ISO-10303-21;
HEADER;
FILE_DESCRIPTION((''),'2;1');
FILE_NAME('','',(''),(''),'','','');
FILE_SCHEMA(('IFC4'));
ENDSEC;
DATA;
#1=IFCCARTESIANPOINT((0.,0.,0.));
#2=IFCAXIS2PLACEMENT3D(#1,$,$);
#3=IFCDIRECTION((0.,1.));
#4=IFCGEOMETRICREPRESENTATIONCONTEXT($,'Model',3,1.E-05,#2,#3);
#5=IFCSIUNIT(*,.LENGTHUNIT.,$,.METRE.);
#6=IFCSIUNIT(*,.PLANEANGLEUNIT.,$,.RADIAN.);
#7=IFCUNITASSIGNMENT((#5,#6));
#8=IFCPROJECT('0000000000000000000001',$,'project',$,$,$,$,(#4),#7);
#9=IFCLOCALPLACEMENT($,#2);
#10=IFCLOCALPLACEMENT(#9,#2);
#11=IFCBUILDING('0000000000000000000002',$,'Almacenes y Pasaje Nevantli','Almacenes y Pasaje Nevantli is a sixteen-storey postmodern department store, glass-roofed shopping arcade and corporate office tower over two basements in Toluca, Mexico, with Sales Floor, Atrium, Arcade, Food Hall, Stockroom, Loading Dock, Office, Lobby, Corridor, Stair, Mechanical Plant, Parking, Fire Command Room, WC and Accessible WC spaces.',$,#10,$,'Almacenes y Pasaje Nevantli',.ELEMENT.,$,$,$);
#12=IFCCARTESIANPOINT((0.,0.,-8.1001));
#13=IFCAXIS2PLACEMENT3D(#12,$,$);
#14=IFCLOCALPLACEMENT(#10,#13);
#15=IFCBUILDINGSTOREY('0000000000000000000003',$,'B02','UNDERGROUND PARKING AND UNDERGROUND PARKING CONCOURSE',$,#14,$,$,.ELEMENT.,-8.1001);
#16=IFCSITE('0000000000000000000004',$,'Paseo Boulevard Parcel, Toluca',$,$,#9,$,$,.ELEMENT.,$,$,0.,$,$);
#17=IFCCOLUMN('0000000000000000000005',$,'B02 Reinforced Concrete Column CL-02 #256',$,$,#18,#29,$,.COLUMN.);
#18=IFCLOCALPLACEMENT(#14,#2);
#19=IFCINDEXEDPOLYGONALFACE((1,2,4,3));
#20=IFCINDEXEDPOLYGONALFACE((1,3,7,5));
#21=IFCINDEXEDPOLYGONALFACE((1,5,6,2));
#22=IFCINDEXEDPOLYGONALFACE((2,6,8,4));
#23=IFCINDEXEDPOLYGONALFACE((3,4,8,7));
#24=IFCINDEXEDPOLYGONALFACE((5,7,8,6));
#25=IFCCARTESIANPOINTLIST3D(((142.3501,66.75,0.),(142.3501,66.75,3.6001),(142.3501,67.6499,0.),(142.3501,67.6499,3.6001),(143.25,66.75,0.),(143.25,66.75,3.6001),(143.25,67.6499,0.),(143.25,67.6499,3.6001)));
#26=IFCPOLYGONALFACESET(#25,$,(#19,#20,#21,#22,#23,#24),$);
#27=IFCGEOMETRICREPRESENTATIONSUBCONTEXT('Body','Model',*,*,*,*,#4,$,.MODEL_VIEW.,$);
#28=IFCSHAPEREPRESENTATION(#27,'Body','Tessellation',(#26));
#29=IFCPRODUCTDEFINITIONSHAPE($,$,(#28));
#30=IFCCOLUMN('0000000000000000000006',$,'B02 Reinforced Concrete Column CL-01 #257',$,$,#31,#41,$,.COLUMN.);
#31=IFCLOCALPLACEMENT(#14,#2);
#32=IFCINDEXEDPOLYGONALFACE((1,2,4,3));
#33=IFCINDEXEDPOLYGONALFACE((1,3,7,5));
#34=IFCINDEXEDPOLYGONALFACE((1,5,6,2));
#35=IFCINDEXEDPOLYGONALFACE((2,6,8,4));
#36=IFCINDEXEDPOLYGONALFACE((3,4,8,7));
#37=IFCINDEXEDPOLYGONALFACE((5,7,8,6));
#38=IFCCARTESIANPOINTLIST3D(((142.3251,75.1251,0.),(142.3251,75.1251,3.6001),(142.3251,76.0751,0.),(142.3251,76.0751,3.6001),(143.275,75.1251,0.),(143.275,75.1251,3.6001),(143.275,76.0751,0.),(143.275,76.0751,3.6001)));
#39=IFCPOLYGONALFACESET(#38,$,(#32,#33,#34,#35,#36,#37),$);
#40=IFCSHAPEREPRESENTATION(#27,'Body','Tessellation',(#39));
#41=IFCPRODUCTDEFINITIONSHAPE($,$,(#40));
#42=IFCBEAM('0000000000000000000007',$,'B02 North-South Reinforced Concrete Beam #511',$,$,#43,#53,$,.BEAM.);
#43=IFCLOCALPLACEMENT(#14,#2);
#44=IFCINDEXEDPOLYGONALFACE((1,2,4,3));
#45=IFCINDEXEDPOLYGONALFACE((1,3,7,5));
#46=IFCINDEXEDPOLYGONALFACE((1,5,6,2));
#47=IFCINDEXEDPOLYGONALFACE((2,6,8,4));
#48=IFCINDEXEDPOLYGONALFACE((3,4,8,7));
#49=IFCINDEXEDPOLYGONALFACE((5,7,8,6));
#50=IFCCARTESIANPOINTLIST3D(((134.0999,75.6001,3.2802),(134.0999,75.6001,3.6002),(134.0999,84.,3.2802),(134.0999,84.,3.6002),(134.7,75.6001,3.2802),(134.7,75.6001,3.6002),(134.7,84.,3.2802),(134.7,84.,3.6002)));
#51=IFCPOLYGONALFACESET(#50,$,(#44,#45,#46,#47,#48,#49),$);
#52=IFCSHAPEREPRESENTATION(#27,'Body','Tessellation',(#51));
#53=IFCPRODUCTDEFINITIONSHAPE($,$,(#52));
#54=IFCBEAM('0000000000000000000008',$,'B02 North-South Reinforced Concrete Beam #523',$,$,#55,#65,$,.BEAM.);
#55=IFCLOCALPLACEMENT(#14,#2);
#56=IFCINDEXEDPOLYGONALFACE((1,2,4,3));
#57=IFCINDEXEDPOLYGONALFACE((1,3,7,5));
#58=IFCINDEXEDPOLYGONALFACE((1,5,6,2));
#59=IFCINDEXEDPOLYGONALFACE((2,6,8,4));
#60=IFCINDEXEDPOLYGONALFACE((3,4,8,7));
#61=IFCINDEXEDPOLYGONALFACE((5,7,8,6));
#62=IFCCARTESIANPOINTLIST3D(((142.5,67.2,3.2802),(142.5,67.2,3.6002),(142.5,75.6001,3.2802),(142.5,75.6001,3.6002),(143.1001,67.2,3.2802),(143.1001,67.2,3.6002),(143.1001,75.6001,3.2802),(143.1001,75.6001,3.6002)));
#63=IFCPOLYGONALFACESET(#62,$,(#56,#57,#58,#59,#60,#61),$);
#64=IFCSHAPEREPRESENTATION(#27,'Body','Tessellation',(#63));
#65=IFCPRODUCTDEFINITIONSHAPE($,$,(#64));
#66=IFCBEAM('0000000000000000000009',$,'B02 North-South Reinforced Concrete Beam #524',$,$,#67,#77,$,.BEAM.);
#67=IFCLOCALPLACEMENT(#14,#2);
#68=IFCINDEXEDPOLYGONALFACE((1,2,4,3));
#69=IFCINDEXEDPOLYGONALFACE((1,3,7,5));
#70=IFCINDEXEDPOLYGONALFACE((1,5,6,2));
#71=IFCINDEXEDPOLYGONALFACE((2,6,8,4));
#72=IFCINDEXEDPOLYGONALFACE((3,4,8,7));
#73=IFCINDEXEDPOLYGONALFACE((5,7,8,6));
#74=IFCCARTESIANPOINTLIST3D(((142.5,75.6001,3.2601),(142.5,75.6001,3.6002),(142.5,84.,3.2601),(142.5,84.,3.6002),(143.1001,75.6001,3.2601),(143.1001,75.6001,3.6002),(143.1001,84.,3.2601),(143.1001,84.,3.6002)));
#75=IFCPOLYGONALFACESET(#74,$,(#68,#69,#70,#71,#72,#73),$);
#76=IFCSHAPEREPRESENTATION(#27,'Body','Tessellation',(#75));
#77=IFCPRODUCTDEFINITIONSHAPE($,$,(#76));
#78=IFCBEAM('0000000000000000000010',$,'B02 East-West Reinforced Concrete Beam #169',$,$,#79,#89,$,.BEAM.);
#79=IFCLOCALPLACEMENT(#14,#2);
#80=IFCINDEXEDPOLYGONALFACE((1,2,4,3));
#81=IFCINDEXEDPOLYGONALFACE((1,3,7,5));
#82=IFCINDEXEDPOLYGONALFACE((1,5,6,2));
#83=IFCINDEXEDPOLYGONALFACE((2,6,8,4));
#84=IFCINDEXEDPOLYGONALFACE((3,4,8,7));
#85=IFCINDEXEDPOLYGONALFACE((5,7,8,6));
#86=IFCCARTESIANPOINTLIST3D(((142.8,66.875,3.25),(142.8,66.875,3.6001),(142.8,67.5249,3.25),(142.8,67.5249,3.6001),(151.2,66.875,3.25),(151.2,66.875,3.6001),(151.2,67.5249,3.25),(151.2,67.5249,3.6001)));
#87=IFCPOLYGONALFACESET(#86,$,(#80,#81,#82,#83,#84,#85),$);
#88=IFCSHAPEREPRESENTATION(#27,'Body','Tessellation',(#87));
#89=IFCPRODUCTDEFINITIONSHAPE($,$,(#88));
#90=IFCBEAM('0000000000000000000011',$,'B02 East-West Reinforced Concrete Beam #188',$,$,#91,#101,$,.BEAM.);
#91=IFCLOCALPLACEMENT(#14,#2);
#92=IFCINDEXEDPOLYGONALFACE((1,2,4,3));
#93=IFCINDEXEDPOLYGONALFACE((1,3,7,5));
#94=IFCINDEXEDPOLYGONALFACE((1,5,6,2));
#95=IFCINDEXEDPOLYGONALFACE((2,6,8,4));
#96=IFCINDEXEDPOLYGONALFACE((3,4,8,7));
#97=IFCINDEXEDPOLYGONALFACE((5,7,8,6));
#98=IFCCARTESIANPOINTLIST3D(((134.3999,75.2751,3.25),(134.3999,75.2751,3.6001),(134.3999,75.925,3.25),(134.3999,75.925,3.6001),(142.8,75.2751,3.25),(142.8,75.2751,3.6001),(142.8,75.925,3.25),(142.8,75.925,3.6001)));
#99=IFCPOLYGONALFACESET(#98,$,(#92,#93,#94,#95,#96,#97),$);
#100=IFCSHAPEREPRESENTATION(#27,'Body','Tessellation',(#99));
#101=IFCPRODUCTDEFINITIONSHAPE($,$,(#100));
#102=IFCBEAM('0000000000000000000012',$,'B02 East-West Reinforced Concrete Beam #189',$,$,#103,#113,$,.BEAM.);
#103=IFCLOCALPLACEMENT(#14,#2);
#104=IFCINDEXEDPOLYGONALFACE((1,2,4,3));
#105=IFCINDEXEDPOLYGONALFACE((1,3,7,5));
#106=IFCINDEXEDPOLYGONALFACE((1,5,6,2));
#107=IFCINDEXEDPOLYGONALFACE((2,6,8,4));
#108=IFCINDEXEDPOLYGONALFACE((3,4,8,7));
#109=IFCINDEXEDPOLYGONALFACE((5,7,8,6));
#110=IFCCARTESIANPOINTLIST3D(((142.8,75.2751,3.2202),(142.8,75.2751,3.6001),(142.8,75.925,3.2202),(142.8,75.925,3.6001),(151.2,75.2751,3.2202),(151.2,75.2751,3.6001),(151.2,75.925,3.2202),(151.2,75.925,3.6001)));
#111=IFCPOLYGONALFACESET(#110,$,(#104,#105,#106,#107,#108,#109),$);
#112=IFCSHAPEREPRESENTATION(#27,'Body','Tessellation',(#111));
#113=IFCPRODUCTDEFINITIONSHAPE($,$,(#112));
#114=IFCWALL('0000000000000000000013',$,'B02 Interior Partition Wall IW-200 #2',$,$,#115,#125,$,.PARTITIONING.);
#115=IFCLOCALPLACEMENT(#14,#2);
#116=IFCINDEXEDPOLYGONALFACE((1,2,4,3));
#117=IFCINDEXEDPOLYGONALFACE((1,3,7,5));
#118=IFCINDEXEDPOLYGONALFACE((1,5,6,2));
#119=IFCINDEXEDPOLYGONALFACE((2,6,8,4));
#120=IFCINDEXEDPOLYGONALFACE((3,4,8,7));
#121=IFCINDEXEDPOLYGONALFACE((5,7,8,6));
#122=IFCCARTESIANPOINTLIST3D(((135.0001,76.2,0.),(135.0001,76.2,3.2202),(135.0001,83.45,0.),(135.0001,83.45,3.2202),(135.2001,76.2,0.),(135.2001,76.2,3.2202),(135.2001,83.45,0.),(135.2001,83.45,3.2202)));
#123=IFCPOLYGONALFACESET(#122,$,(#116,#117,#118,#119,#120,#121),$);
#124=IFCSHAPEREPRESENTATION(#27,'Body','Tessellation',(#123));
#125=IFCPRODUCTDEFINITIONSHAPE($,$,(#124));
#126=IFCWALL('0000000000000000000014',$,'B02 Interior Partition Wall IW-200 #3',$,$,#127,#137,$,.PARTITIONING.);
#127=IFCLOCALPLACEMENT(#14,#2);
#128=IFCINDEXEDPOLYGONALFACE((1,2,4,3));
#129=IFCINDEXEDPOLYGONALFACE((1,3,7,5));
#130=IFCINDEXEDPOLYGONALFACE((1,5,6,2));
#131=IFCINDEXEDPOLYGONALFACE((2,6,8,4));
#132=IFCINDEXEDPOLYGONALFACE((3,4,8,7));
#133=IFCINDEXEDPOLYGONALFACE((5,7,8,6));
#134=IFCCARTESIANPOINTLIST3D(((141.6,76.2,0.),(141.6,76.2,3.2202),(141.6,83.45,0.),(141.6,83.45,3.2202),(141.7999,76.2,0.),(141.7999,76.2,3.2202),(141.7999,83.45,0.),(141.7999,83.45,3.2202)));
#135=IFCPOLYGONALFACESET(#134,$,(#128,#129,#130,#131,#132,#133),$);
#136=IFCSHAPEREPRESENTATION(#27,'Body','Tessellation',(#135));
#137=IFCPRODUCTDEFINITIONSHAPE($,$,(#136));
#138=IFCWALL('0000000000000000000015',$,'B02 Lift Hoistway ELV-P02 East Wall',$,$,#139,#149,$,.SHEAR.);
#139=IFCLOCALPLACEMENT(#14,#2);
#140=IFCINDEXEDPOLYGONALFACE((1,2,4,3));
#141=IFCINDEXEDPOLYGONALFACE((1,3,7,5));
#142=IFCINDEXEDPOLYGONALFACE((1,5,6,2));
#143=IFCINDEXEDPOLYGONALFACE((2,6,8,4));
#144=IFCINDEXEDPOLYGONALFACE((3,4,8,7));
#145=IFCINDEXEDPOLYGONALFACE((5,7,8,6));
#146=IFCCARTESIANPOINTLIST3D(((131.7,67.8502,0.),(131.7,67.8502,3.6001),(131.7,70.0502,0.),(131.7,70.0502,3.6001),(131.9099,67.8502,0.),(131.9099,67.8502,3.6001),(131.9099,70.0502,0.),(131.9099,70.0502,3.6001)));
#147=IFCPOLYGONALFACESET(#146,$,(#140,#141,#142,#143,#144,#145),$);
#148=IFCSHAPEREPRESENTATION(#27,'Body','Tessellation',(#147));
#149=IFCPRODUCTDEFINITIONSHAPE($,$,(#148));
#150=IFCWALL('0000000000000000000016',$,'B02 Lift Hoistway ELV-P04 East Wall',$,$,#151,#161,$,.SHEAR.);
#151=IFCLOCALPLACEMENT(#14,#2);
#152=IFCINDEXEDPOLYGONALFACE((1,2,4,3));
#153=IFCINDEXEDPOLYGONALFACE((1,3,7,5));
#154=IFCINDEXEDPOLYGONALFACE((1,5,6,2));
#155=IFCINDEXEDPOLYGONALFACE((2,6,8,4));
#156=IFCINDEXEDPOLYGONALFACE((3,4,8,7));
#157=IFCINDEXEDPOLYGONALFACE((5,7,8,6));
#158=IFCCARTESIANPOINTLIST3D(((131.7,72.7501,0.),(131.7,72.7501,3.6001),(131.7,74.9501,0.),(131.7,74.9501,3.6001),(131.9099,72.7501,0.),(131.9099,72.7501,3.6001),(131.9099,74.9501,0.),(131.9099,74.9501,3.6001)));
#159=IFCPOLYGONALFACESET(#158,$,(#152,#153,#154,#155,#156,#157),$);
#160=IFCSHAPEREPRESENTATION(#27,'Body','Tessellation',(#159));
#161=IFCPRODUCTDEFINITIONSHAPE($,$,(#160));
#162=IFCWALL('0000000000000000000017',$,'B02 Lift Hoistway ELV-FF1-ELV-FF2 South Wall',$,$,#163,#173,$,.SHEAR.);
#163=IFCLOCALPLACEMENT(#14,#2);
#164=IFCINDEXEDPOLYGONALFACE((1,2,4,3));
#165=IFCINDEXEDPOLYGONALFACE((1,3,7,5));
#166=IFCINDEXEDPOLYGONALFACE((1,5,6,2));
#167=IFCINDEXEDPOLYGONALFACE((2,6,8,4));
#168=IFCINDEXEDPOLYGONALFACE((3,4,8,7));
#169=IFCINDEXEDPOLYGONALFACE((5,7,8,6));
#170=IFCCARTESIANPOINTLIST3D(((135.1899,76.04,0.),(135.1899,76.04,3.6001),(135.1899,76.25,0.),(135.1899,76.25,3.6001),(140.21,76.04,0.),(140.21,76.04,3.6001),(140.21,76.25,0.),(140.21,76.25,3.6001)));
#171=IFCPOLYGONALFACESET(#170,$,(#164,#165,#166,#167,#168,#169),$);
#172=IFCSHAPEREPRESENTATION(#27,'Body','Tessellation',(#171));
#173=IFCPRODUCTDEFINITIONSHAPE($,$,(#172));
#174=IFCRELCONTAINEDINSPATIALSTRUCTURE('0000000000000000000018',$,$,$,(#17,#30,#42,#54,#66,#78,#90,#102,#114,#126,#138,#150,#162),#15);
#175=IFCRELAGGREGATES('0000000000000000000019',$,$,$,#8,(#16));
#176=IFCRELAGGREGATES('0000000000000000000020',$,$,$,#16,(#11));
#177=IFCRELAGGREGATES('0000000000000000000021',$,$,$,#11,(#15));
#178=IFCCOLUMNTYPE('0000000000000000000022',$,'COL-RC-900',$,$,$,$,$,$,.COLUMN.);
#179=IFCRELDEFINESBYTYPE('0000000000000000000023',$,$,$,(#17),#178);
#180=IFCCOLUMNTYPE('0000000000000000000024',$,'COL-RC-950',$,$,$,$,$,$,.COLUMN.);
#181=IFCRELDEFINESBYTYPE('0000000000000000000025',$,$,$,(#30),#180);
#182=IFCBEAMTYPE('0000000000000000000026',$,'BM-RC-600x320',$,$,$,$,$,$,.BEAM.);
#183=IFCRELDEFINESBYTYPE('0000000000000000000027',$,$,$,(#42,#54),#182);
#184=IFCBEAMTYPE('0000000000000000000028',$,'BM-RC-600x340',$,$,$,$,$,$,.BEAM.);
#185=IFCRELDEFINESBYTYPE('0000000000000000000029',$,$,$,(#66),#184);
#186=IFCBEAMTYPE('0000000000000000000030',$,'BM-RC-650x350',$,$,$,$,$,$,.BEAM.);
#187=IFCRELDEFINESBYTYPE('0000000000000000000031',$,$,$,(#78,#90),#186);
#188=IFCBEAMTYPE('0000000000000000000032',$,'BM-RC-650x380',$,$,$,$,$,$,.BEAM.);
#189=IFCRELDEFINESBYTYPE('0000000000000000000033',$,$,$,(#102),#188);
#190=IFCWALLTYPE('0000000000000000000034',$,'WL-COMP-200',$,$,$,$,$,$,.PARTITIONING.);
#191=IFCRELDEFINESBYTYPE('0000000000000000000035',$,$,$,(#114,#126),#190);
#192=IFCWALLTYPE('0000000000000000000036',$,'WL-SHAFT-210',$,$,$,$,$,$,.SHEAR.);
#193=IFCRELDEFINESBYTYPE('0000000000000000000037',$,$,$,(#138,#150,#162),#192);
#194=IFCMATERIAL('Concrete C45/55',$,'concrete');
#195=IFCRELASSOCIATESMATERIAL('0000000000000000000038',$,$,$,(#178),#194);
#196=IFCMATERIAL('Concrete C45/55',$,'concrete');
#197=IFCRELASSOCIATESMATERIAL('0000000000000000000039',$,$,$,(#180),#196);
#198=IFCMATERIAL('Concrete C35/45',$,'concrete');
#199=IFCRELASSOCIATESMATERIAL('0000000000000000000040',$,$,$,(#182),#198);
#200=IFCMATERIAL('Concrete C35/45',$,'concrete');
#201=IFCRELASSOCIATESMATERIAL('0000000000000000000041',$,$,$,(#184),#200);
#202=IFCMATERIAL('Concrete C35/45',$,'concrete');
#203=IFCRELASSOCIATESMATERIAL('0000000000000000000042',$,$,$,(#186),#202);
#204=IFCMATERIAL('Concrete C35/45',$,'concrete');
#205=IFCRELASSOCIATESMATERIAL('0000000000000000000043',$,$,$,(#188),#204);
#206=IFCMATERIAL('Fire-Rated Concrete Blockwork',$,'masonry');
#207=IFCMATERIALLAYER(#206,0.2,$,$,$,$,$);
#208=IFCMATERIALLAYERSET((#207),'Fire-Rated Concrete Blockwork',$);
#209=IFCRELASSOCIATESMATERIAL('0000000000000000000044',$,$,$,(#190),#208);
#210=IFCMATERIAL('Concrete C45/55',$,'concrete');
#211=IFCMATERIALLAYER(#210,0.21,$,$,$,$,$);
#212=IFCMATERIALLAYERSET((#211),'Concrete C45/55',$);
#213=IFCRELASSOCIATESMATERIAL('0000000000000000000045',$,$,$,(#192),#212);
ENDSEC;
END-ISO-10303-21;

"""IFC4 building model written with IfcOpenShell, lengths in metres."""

from ifc_helpers import new_model, si_unit, direction, frame, frame_2d, origin, origin_2d, place, context, subcontext, project, spatial, rectangle, extrude, material, layer, layer_set, material_profile, profile_set, type_object, element, save


model = new_model("IFC4")

# Units and contexts
model_context = context("Model", 3, precision=1e-05, world=origin(), true_north=direction((0.0, 1.0)))
body_context = subcontext(model_context, "Body", "Model", "MODEL_VIEW")
ifc_project = project(units=[si_unit("LENGTHUNIT", "METRE"), si_unit("PLANEANGLEUNIT", "RADIAN")], contexts=[model_context])

# Site, building, storey
site_placement = place(None, origin())
site = spatial("IfcSite", under=ifc_project, at=site_placement, Name="Paseo Boulevard Parcel, Toluca", CompositionType="ELEMENT", RefElevation=0.0)
building_placement = place(site_placement, origin())
building = spatial("IfcBuilding", under=site, at=building_placement, Name="Almacenes y Pasaje Nevantli", Description="Almacenes y Pasaje Nevantli is a sixteen-storey postmodern department store, glass-roofed shopping arcade and corporate office tower over two basements in Toluca, Mexico, with Sales Floor, Atrium, Arcade, Food Hall, Stockroom, Loading Dock, Office, Lobby, Corridor, Stair, Mechanical Plant, Parking, Fire Command Room, WC and Accessible WC spaces.", LongName="Almacenes y Pasaje Nevantli", CompositionType="ELEMENT")
storey_placement = place(building_placement, frame((0.0, 0.0, -8.1001)))
storey = spatial("IfcBuildingStorey", under=building, at=storey_placement, Name="B02", Description="UNDERGROUND PARKING AND UNDERGROUND PARKING CONCOURSE", CompositionType="ELEMENT", Elevation=-8.1001)

# Columns
ifc_material_1 = material(Name="Concrete C45/55", Category="concrete")
ifc_material_profile_1 = material_profile(ifc_material_1, rectangle(XDim=0.8999, YDim=0.8999, at=origin_2d()), Name="RC-COL-900x900")
ifc_profile_set_1 = profile_set([ifc_material_profile_1], Name="Concrete C45/55")
column_type_1 = type_object("IfcColumnType", Name="COL-RC-900", PredefinedType="COLUMN", material=ifc_profile_set_1)
for number, where, z_axis, x_axis, name in (
    (1, (142.8, 67.2, 0.0), (0.0, 0.0, 1.0), (1.0, 0.0, 0.0), "B02 Reinforced Concrete Column CL-02 #256"),
):
    element("IfcColumn", number, at=place(storey_placement, frame(where, z_axis=z_axis, x_axis=x_axis)), inside=storey, type_object=column_type_1, Name=name, PredefinedType="COLUMN", context=body_context, shape_type="SweptSolid", body=[
        extrude(rectangle(XDim=0.8999, YDim=0.8999, at=origin_2d()), origin(), (0.0, 0.0, 1.0), 3.6001),
    ])
ifc_material_2 = material(Name="Concrete C45/55", Category="concrete")
ifc_material_profile_2 = material_profile(ifc_material_2, rectangle(XDim=0.95, YDim=0.95, at=origin_2d()), Name="RC-COL-950x950")
ifc_profile_set_2 = profile_set([ifc_material_profile_2], Name="Concrete C45/55")
column_type_2 = type_object("IfcColumnType", Name="COL-RC-950", PredefinedType="COLUMN", material=ifc_profile_set_2)
column_placement = place(storey_placement, frame((142.8, 75.6001, 0.0), z_axis=(0.0, 0.0, 1.0), x_axis=(1.0, 0.0, 0.0)))
element("IfcColumn", 2, at=column_placement, inside=storey, type_object=column_type_2, Name="B02 Reinforced Concrete Column CL-01 #257", PredefinedType="COLUMN", context=body_context, shape_type="SweptSolid", body=[
    extrude(rectangle(XDim=0.95, YDim=0.95, at=origin_2d()), origin(), (0.0, 0.0, 1.0), 3.6001),
])

# Beams
ifc_material_3 = material(Name="Concrete C35/45", Category="concrete")
ifc_material_profile_3 = material_profile(ifc_material_3, rectangle(XDim=0.6001, YDim=0.3201, at=origin_2d()), Name="RC-BM-600x320")
ifc_profile_set_3 = profile_set([ifc_material_profile_3], Name="Concrete C35/45")
beam_type_1 = type_object("IfcBeamType", Name="BM-RC-600x320", PredefinedType="BEAM", material=ifc_profile_set_3)
beam_1_placement = place(storey_placement, frame((134.3999, 75.6001, 3.4402), z_axis=(0.0, 1.0, 0.0), x_axis=(-1.0, 0.0, 0.0)))
element("IfcBeam", 3, at=beam_1_placement, inside=storey, type_object=beam_type_1, Name="B02 North-South Reinforced Concrete Beam #511", PredefinedType="BEAM", context=body_context, shape_type="SweptSolid", body=[
    extrude(rectangle(XDim=0.6001, YDim=0.3201, at=origin_2d()), origin(), (0.0, 0.0, 1.0), 8.3999),
])
beam_2_placement = place(storey_placement, frame((142.8, 67.2, 3.4402), z_axis=(0.0, 1.0, 0.0), x_axis=(-1.0, 0.0, 0.0)))
element("IfcBeam", 4, at=beam_2_placement, inside=storey, type_object=beam_type_1, Name="B02 North-South Reinforced Concrete Beam #523", PredefinedType="BEAM", context=body_context, shape_type="SweptSolid", body=[
    extrude(rectangle(XDim=0.6001, YDim=0.3201, at=origin_2d()), origin(), (0.0, 0.0, 1.0), 8.4001),
])
ifc_material_4 = material(Name="Concrete C35/45", Category="concrete")
ifc_material_profile_4 = material_profile(ifc_material_4, rectangle(XDim=0.6001, YDim=0.3401, at=origin_2d()), Name="RC-BM-600x340")
ifc_profile_set_4 = profile_set([ifc_material_profile_4], Name="Concrete C35/45")
beam_type_2 = type_object("IfcBeamType", Name="BM-RC-600x340", PredefinedType="BEAM", material=ifc_profile_set_4)
beam_3_placement = place(storey_placement, frame((142.8, 75.6001, 3.4302), z_axis=(0.0, 1.0, 0.0), x_axis=(-1.0, 0.0, 0.0)))
element("IfcBeam", 5, at=beam_3_placement, inside=storey, type_object=beam_type_2, Name="B02 North-South Reinforced Concrete Beam #524", PredefinedType="BEAM", context=body_context, shape_type="SweptSolid", body=[
    extrude(rectangle(XDim=0.6001, YDim=0.3401, at=origin_2d()), origin(), (0.0, 0.0, 1.0), 8.3999),
])
ifc_material_5 = material(Name="Concrete C35/45", Category="concrete")
ifc_material_profile_5 = material_profile(ifc_material_5, rectangle(XDim=0.6499, YDim=0.3501, at=origin_2d()), Name="RC-BM-650x350")
ifc_profile_set_5 = profile_set([ifc_material_profile_5], Name="Concrete C35/45")
beam_type_3 = type_object("IfcBeamType", Name="BM-RC-650x350", PredefinedType="BEAM", material=ifc_profile_set_5)
beam_4_placement = place(storey_placement, frame((142.8, 67.2, 3.425), z_axis=(1.0, 0.0, 0.0), x_axis=(0.0, 1.0, 0.0)))
element("IfcBeam", 6, at=beam_4_placement, inside=storey, type_object=beam_type_3, Name="B02 East-West Reinforced Concrete Beam #169", PredefinedType="BEAM", context=body_context, shape_type="SweptSolid", body=[
    extrude(rectangle(XDim=0.6499, YDim=0.3501, at=origin_2d()), origin(), (0.0, 0.0, 1.0), 8.3999),
])
beam_5_placement = place(storey_placement, frame((134.3999, 75.6001, 3.425), z_axis=(1.0, 0.0, 0.0), x_axis=(0.0, 1.0, 0.0)))
element("IfcBeam", 7, at=beam_5_placement, inside=storey, type_object=beam_type_3, Name="B02 East-West Reinforced Concrete Beam #188", PredefinedType="BEAM", context=body_context, shape_type="SweptSolid", body=[
    extrude(rectangle(XDim=0.6499, YDim=0.3501, at=origin_2d()), origin(), (0.0, 0.0, 1.0), 8.4001),
])
ifc_material_6 = material(Name="Concrete C35/45", Category="concrete")
ifc_material_profile_6 = material_profile(ifc_material_6, rectangle(XDim=0.6499, YDim=0.3799, at=origin_2d()), Name="RC-BM-650x380")
ifc_profile_set_6 = profile_set([ifc_material_profile_6], Name="Concrete C35/45")
beam_type_4 = type_object("IfcBeamType", Name="BM-RC-650x380", PredefinedType="BEAM", material=ifc_profile_set_6)
beam_6_placement = place(storey_placement, frame((142.8, 75.6001, 3.4102), z_axis=(1.0, 0.0, 0.0), x_axis=(0.0, 1.0, 0.0)))
element("IfcBeam", 8, at=beam_6_placement, inside=storey, type_object=beam_type_4, Name="B02 East-West Reinforced Concrete Beam #189", PredefinedType="BEAM", context=body_context, shape_type="SweptSolid", body=[
    extrude(rectangle(XDim=0.6499, YDim=0.3799, at=origin_2d()), origin(), (0.0, 0.0, 1.0), 8.3999),
])

# Walls
ifc_material_7 = material(Name="Fire-Rated Concrete Blockwork", Category="masonry")
ifc_layer_1 = layer(ifc_material_7, 0.2)
ifc_layer_set_1 = layer_set([ifc_layer_1], Name="Fire-Rated Concrete Blockwork")
wall_type_1 = type_object("IfcWallType", Name="WL-COMP-200", PredefinedType="PARTITIONING", material=ifc_layer_set_1)
for number, where, z_axis, x_axis, name in (
    (9, (135.1001, 76.2, 0.0), (0.0, 0.0, 1.0), (0.0, 1.0, 0.0), "B02 Interior Partition Wall IW-200 #2"),
    (10, (141.7, 76.2, 0.0), (0.0, 0.0, 1.0), (0.0, 1.0, 0.0), "B02 Interior Partition Wall IW-200 #3"),
):
    element("IfcWall", number, at=place(storey_placement, frame(where, z_axis=z_axis, x_axis=x_axis)), inside=storey, type_object=wall_type_1, Name=name, PredefinedType="PARTITIONING", context=body_context, shape_type="SweptSolid", body=[
        extrude(rectangle(XDim=7.25, YDim=0.2, at=frame_2d((3.625, 0.0))), origin(), (0.0, 0.0, 1.0), 3.2202),
    ])
ifc_material_8 = material(Name="Concrete C45/55", Category="concrete")
ifc_layer_2 = layer(ifc_material_8, 0.21)
ifc_layer_set_2 = layer_set([ifc_layer_2], Name="Concrete C45/55")
wall_type_2 = type_object("IfcWallType", Name="WL-SHAFT-210", PredefinedType="SHEAR", material=ifc_layer_set_2)
for number, where, z_axis, x_axis, name in (
    (11, (131.8049, 67.8501, 0.0), (0.0, 0.0, 1.0), (0.0, 1.0, 0.0), "B02 Lift Hoistway ELV-P02 East Wall"),
    (12, (131.8049, 72.75, 0.0), (0.0, 0.0, 1.0), (0.0, 1.0, 0.0), "B02 Lift Hoistway ELV-P04 East Wall"),
):
    element("IfcWall", number, at=place(storey_placement, frame(where, z_axis=z_axis, x_axis=x_axis)), inside=storey, type_object=wall_type_2, Name=name, PredefinedType="SHEAR", context=body_context, shape_type="SweptSolid", body=[
        extrude(rectangle(XDim=2.2, YDim=0.21, at=frame_2d((1.1001, 0.0))), origin(), (0.0, 0.0, 1.0), 3.6001),
    ])
wall_placement = place(storey_placement, frame((135.1899, 76.145, 0.0), z_axis=(0.0, 0.0, 1.0), x_axis=(1.0, 0.0, 0.0)))
element("IfcWall", 13, at=wall_placement, inside=storey, type_object=wall_type_2, Name="B02 Lift Hoistway ELV-FF1-ELV-FF2 South Wall", PredefinedType="SHEAR", context=body_context, shape_type="SweptSolid", body=[
    extrude(rectangle(XDim=5.02, YDim=0.21, at=frame_2d((2.51, 0.0))), origin(), (0.0, 0.0, 1.0), 3.6001),
])

save(model, "model.ifc")
